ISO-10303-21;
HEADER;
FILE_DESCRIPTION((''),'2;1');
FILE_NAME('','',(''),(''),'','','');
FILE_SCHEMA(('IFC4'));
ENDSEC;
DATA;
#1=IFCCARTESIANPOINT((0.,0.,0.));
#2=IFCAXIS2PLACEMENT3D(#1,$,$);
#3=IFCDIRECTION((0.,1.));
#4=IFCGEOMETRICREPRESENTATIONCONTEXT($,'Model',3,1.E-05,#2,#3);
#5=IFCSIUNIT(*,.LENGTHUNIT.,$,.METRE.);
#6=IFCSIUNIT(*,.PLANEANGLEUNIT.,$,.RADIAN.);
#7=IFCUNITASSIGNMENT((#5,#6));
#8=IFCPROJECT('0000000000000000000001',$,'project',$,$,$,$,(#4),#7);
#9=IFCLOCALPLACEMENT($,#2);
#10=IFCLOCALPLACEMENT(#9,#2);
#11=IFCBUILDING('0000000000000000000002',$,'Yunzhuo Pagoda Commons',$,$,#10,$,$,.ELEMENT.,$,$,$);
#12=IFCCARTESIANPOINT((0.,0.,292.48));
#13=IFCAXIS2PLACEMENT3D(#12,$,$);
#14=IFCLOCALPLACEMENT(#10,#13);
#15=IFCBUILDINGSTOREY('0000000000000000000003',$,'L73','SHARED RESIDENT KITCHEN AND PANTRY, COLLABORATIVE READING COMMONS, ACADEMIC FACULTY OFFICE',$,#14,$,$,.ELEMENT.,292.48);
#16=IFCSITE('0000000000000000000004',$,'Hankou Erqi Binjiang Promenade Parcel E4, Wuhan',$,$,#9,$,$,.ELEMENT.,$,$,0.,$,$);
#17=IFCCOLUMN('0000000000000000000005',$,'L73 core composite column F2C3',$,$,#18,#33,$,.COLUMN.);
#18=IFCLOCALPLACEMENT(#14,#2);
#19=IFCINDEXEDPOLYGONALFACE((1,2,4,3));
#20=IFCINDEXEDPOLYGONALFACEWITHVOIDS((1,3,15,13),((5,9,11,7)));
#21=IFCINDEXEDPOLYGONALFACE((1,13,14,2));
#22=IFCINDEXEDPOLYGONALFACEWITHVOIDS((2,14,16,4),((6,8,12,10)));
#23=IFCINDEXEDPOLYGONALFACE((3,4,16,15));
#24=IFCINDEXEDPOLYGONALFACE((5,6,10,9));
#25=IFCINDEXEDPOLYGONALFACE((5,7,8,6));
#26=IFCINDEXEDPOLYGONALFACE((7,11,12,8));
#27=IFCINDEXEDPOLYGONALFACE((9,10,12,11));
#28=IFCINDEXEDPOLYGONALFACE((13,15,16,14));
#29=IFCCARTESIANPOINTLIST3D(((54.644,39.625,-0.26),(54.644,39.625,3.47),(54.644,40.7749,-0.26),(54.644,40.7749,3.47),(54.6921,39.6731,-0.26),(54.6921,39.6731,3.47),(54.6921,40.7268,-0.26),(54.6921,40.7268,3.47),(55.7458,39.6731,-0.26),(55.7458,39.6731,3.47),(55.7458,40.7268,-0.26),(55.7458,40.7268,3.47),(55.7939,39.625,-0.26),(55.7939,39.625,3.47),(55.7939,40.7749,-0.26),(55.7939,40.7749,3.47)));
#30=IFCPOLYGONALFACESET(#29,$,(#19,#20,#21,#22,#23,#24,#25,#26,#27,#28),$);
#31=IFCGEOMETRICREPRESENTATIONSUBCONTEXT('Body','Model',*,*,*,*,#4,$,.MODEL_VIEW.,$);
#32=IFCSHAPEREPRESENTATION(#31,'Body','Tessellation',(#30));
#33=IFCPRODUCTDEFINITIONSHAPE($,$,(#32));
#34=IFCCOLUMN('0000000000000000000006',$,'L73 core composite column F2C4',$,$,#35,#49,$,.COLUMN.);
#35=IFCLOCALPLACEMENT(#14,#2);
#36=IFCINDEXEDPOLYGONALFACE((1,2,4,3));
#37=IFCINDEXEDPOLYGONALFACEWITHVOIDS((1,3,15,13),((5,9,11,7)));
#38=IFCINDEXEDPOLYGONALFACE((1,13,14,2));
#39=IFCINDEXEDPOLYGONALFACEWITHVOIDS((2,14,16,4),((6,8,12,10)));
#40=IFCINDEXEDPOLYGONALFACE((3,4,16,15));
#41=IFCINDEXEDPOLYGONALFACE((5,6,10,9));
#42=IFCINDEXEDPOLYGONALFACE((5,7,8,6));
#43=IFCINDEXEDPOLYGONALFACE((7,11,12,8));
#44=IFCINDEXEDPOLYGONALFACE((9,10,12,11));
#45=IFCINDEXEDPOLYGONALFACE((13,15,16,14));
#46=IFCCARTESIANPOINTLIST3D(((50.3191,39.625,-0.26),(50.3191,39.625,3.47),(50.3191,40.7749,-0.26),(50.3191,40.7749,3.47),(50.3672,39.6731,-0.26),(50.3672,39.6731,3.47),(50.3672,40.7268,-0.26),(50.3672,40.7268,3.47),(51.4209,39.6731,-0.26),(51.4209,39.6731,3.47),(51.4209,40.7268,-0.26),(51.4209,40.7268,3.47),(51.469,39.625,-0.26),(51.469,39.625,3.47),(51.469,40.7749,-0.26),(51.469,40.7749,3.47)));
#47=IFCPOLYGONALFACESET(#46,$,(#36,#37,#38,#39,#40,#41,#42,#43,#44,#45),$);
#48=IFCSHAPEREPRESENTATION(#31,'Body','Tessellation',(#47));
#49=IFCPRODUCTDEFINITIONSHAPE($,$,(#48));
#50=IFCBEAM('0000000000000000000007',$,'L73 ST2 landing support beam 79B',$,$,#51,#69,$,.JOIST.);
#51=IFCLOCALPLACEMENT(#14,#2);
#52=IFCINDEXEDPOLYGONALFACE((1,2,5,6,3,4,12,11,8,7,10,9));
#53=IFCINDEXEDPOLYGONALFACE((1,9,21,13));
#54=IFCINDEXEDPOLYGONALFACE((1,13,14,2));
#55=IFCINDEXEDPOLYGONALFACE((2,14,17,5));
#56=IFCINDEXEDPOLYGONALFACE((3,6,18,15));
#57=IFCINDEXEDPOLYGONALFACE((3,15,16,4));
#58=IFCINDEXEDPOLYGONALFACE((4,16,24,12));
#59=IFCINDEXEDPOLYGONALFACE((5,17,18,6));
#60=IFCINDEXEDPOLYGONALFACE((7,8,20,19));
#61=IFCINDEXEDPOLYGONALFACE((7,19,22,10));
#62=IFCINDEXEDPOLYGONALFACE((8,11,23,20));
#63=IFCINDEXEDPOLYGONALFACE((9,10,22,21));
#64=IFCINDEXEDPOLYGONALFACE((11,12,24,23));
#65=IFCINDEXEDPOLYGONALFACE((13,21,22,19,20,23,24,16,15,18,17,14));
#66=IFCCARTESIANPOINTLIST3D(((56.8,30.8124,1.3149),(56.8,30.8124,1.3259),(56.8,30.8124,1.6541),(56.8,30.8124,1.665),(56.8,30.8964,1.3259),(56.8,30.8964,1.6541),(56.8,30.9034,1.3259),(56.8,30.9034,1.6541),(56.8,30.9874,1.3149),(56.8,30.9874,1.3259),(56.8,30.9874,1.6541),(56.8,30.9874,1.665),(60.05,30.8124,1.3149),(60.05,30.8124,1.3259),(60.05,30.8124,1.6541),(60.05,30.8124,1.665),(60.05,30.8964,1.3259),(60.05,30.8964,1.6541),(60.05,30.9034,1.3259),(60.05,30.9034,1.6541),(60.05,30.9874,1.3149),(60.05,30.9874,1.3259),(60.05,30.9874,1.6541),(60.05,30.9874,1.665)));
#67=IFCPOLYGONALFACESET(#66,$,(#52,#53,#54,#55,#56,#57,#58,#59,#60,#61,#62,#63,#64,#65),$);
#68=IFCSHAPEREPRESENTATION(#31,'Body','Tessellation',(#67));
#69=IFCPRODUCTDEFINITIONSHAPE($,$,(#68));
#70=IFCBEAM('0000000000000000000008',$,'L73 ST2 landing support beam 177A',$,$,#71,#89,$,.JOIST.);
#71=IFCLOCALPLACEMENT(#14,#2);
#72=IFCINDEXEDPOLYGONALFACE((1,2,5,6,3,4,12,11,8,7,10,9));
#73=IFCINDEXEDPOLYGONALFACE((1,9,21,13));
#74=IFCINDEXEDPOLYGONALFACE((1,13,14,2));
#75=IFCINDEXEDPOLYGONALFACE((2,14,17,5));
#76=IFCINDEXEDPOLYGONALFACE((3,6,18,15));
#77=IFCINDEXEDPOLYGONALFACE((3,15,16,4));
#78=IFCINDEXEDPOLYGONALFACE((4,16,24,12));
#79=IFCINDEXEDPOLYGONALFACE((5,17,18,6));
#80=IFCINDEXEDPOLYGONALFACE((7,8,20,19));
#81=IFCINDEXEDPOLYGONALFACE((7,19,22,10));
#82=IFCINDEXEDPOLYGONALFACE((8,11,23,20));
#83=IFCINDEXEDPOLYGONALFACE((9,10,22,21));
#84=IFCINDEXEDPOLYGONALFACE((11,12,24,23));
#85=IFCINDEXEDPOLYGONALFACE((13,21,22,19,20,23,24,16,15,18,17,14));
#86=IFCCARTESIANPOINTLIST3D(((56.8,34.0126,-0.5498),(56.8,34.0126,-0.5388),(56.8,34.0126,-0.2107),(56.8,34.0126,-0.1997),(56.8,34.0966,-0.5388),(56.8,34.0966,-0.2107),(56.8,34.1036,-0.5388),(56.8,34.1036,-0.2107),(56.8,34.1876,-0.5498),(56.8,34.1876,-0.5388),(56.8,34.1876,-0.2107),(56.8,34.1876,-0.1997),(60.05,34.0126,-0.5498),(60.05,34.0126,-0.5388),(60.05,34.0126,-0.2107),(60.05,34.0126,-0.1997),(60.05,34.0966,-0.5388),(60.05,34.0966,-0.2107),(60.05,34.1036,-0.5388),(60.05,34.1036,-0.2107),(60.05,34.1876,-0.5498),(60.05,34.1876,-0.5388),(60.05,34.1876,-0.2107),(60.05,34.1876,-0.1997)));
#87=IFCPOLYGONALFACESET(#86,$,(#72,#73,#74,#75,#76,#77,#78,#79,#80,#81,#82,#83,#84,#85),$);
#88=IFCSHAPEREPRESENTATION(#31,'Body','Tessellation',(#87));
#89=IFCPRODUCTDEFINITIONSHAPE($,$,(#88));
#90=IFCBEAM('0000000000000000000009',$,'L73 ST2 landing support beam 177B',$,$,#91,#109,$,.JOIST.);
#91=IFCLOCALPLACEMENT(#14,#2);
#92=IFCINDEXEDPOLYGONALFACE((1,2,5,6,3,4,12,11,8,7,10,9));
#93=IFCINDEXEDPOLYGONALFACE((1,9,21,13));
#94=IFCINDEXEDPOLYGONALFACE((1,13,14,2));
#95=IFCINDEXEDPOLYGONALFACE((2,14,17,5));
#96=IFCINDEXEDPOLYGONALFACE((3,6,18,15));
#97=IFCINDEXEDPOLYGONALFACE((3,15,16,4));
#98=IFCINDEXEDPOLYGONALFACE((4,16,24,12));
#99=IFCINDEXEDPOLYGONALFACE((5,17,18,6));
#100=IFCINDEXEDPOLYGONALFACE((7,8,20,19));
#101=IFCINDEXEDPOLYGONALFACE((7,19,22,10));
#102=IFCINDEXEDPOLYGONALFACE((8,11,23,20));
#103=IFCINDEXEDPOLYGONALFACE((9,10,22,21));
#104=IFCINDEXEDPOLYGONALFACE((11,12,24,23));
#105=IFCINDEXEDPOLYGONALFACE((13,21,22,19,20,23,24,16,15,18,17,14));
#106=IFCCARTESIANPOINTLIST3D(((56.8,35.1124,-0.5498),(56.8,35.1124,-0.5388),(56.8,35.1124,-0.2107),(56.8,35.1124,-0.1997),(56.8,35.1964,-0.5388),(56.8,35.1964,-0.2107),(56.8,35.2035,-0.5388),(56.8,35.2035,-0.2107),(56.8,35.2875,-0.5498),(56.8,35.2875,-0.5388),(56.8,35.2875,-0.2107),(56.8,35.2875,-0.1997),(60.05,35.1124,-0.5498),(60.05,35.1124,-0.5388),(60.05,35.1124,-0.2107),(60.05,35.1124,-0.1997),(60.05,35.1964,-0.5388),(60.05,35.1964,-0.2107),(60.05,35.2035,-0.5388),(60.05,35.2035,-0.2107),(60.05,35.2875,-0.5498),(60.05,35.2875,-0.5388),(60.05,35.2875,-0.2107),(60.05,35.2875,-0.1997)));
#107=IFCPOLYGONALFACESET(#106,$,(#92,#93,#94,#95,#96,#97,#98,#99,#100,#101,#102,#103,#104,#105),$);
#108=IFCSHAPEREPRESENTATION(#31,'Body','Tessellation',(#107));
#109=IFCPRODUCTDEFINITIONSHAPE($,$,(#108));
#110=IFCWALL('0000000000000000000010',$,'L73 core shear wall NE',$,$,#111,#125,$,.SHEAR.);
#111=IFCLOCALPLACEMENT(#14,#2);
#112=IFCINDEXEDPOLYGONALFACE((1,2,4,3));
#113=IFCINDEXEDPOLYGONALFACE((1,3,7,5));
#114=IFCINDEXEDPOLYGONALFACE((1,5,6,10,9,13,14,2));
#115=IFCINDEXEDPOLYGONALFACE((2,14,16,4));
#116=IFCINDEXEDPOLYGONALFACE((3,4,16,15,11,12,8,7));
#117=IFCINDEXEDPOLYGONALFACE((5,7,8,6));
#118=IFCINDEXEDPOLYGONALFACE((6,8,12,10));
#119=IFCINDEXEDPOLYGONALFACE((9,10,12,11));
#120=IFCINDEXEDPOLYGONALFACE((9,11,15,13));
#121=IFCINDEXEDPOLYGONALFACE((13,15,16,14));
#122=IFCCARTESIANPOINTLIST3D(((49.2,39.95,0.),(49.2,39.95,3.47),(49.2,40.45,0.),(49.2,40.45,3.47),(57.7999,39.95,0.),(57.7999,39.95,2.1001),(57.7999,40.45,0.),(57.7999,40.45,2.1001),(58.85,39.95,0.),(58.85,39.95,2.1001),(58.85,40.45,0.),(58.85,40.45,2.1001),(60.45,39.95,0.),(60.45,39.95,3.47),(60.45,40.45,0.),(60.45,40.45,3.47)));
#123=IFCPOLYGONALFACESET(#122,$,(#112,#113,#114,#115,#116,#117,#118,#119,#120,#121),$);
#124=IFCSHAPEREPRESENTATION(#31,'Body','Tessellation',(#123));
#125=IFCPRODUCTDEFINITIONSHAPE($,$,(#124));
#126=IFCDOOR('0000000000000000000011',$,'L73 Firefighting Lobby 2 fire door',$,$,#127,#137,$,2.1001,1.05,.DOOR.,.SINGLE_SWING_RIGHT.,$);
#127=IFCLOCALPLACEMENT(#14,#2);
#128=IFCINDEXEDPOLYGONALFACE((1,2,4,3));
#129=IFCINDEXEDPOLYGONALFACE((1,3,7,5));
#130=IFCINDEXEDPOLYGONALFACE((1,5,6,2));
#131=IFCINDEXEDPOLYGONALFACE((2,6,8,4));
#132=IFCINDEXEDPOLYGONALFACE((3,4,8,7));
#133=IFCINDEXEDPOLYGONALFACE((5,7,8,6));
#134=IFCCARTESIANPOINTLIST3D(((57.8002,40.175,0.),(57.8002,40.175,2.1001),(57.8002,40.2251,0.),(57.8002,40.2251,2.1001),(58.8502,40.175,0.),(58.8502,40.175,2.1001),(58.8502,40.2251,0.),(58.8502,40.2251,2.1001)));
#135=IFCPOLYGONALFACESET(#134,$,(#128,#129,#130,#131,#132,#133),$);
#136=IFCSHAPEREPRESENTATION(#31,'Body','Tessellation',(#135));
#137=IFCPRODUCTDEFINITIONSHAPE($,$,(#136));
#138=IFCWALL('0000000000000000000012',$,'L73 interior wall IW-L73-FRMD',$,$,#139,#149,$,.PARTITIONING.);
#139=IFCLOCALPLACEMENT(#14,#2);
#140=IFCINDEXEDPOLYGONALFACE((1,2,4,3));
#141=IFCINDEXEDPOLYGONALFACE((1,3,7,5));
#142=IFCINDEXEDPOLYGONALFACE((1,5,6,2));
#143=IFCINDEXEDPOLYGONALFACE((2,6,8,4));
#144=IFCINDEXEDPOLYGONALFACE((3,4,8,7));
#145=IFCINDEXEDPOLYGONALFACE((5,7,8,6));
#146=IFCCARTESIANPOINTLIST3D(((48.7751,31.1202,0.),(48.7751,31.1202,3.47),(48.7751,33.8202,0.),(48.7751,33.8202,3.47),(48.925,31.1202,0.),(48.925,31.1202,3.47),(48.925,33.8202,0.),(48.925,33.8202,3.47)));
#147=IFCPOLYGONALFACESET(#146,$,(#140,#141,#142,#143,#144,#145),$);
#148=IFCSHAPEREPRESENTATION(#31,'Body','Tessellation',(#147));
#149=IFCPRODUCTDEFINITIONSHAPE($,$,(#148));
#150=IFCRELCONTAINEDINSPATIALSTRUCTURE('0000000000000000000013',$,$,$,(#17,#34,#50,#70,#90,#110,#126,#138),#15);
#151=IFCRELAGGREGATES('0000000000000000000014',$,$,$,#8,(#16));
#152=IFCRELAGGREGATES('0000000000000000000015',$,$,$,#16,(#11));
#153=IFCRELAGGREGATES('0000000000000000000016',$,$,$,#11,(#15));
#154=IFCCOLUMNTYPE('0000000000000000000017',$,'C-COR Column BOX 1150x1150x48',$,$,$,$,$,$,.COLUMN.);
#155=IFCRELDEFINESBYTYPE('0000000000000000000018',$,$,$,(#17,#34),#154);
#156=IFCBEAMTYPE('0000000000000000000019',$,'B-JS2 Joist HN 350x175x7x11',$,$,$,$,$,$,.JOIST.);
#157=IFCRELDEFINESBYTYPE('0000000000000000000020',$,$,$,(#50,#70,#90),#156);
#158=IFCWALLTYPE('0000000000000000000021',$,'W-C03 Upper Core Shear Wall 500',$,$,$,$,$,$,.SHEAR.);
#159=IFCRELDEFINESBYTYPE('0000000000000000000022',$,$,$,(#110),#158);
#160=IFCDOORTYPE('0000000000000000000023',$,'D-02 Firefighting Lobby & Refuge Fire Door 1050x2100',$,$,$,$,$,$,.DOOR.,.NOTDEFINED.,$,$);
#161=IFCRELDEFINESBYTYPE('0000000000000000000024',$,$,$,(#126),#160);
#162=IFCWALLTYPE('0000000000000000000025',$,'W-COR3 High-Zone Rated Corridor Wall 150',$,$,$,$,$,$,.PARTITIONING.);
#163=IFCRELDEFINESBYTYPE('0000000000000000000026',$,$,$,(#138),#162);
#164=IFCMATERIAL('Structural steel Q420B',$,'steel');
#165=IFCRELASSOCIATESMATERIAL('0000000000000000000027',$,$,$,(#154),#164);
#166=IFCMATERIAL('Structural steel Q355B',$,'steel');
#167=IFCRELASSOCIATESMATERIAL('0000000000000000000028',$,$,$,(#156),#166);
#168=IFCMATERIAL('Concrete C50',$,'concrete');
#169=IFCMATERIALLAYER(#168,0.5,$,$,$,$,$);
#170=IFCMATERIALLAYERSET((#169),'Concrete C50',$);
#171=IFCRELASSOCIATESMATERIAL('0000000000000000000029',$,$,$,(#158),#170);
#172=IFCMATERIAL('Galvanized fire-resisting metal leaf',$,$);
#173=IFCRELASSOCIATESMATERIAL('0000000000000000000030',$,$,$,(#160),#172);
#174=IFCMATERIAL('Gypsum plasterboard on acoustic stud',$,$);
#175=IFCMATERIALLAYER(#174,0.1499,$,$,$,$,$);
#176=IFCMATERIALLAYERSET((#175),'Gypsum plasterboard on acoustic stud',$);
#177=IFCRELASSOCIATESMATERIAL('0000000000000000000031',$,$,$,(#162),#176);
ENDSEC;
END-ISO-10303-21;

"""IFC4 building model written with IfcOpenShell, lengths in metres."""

from ifc_helpers import new_model, si_unit, direction, frame, frame_2d, origin, origin_2d, place, context, subcontext, project, spatial, rectangle, hollow_rectangle, i_section, extrude, source, transform, mapped, material, layer, layer_set, material_profile, profile_set, type_object, element, fill, save


model = new_model("IFC4")

# Units and contexts
model_context = context("Model", 3, precision=1e-05, world=origin(), true_north=direction((0.0, 1.0)))
body_context = subcontext(model_context, "Body", "Model", "MODEL_VIEW")
ifc_project = project(units=[si_unit("LENGTHUNIT", "METRE"), si_unit("PLANEANGLEUNIT", "RADIAN")], contexts=[model_context])

# Site, building, storey
site_placement = place(None, origin())
site = spatial("IfcSite", under=ifc_project, at=site_placement, Name="Hankou Erqi Binjiang Promenade Parcel E4, Wuhan", CompositionType="ELEMENT", RefElevation=0.0)
building_placement = place(site_placement, origin())
building = spatial("IfcBuilding", under=site, at=building_placement, Name="Yunzhuo Pagoda Commons", CompositionType="ELEMENT")
storey_placement = place(building_placement, frame((0.0, 0.0, 292.48)))
storey = spatial("IfcBuildingStorey", under=building, at=storey_placement, Name="L73", Description="SHARED RESIDENT KITCHEN AND PANTRY, COLLABORATIVE READING COMMONS, ACADEMIC FACULTY OFFICE", CompositionType="ELEMENT", Elevation=292.48)

# Columns
ifc_material_1 = material(Name="Structural steel Q420B", Category="steel")
ifc_material_profile_1 = material_profile(ifc_material_1, hollow_rectangle(XDim=1.1499, YDim=1.1499, WallThickness=0.0481, at=origin_2d()), Name="Structural steel Q420B")
ifc_profile_set_1 = profile_set([ifc_material_profile_1], Name="Structural steel Q420B")
column_type = type_object("IfcColumnType", Name="C-COR Column BOX 1150x1150x48", PredefinedType="COLUMN", material=ifc_profile_set_1)
shared_shape_1 = source(origin(), body_context, "Body", "SweptSolid", [
    extrude(hollow_rectangle(XDim=1.1499, YDim=1.1499, WallThickness=0.0481, at=origin_2d()), origin(), (0.0, 0.0, 1.0), 3.73),
])
for number, where, z_axis, x_axis, name in (
    (1, (55.219, 40.2, -0.26), (0.0, 0.0, 1.0), (1.0, 0.0, 0.0), "L73 core composite column F2C3"),
    (2, (50.894, 40.2, -0.26), (0.0, 0.0, 1.0), (1.0, 0.0, 0.0), "L73 core composite column F2C4"),
):
    element("IfcColumn", number, at=place(storey_placement, frame(where, z_axis=z_axis, x_axis=x_axis)), inside=storey, type_object=column_type, Name=name, PredefinedType="COLUMN", context=body_context, shape_type="MappedRepresentation", body=[
        mapped(shared_shape_1, transform((0.0, 0.0, 0.0), scale=1.0)),
    ])

# Beams
ifc_material_2 = material(Name="Structural steel Q355B", Category="steel")
ifc_material_profile_2 = material_profile(ifc_material_2, i_section(OverallWidth=0.175, OverallDepth=0.3501, WebThickness=0.0071, FlangeThickness=0.011, at=origin_2d()), Name="Structural steel Q355B")
ifc_profile_set_2 = profile_set([ifc_material_profile_2], Name="Structural steel Q355B")
beam_type = type_object("IfcBeamType", Name="B-JS2 Joist HN 350x175x7x11", PredefinedType="JOIST", material=ifc_profile_set_2)
shared_shape_2 = source(origin(), body_context, "Body", "SweptSolid", [
    extrude(i_section(OverallWidth=0.175, OverallDepth=0.3501, WebThickness=0.0071, FlangeThickness=0.011, at=origin_2d()), origin(), (0.0, 0.0, 1.0), 3.25),
])
for number, where, z_axis, x_axis, name in (
    (3, (56.8, 30.8999, 1.49), (1.0, 0.0, 0.0), (0.0, 1.0, 0.0), "L73 ST2 landing support beam 79B"),
    (4, (56.8, 34.1001, -0.3748), (1.0, 0.0, 0.0), (0.0, 1.0, 0.0), "L73 ST2 landing support beam 177A"),
    (5, (56.8, 35.2, -0.3748), (1.0, 0.0, 0.0), (0.0, 1.0, 0.0), "L73 ST2 landing support beam 177B"),
):
    element("IfcBeam", number, at=place(storey_placement, frame(where, z_axis=z_axis, x_axis=x_axis)), inside=storey, type_object=beam_type, Name=name, PredefinedType="JOIST", context=body_context, shape_type="MappedRepresentation", body=[
        mapped(shared_shape_2, transform((0.0, 0.0, 0.0), scale=1.0)),
    ])

# Wall, opening, door
ifc_material_3 = material(Name="Concrete C50", Category="concrete")
ifc_layer_1 = layer(ifc_material_3, 0.5)
ifc_layer_set_1 = layer_set([ifc_layer_1], Name="Concrete C50")
wall_type_1 = type_object("IfcWallType", Name="W-C03 Upper Core Shear Wall 500", PredefinedType="SHEAR", material=ifc_layer_set_1)
wall_1_placement = place(storey_placement, frame((49.2, 40.2, 0.0), z_axis=(0.0, 0.0, 1.0), x_axis=(1.0, 0.0, 0.0)))
wall_1 = element("IfcWall", 6, at=wall_1_placement, inside=storey, type_object=wall_type_1, Name="L73 core shear wall NE", PredefinedType="SHEAR", context=body_context, shape_type="SweptSolid", body=[
    extrude(rectangle(XDim=11.25, YDim=0.5, at=frame_2d((5.625, 0.0))), origin(), (0.0, 0.0, 1.0), 3.47),
])
opening_1_placement = place(wall_1_placement, frame((8.6001, 0.0, 0.0)))
opening_1 = element("IfcOpeningElement", 7, at=opening_1_placement, cuts=wall_1, PredefinedType="OPENING", context=body_context, shape_type="SweptSolid", body=[
    extrude(rectangle(XDim=1.05, YDim=2.1001, at=frame_2d((0.5249, 1.05))), frame((0.0, 0.26, 0.0), z_axis=(0.0, -1.0, 0.0), x_axis=(1.0, 0.0, 0.0)), (0.0, 0.0, 1.0), 0.52),
])
ifc_material_4 = material(Name="Galvanized fire-resisting metal leaf")
door_type_1 = type_object("IfcDoorType", Name="D-02 Firefighting Lobby & Refuge Fire Door 1050x2100", OperationType="NOTDEFINED", PredefinedType="DOOR", material=ifc_material_4)
shared_shape_3 = source(origin(), body_context, "Body", "SweptSolid", [
    extrude(rectangle(XDim=1.05, YDim=2.1001, at=frame_2d((0.5249, 1.05))), frame((0.0, 0.0249, 0.0), z_axis=(0.0, -1.0, 0.0), x_axis=(1.0, 0.0, 0.0)), (0.0, 0.0, 1.0), 0.05),
])
door_1_placement = place(opening_1_placement, frame((1.05, 0.0, 0.0), z_axis=(0.0, 0.0, 1.0), x_axis=(-1.0, 0.0, 0.0)))
door_1 = element("IfcDoor", 8, at=door_1_placement, inside=storey, type_object=door_type_1, Name="L73 Firefighting Lobby 2 fire door", OperationType="SINGLE_SWING_RIGHT", OverallHeight=2.1001, OverallWidth=1.05, PredefinedType="DOOR", context=body_context, shape_type="MappedRepresentation", body=[
    mapped(shared_shape_3, transform((0.0, 0.0, 0.0), scale=1.0)),
])
fill(opening_1, door_1)

# Wall
ifc_material_5 = material(Name="Gypsum plasterboard on acoustic stud")
ifc_layer_2 = layer(ifc_material_5, 0.1499)
ifc_layer_set_2 = layer_set([ifc_layer_2], Name="Gypsum plasterboard on acoustic stud")
wall_type_2 = type_object("IfcWallType", Name="W-COR3 High-Zone Rated Corridor Wall 150", PredefinedType="PARTITIONING", material=ifc_layer_set_2)
wall_2_placement = place(storey_placement, frame((48.8501, 31.1201, 0.0), z_axis=(0.0, 0.0, 1.0), x_axis=(0.0, 1.0, 0.0)))
element("IfcWall", 9, at=wall_2_placement, inside=storey, type_object=wall_type_2, Name="L73 interior wall IW-L73-FRMD", PredefinedType="PARTITIONING", context=body_context, shape_type="SweptSolid", body=[
    extrude(rectangle(XDim=2.7, YDim=0.1499, at=frame_2d((1.3501, 0.0))), origin(), (0.0, 0.0, 1.0), 3.47),
])

save(model, "model.ifc")
